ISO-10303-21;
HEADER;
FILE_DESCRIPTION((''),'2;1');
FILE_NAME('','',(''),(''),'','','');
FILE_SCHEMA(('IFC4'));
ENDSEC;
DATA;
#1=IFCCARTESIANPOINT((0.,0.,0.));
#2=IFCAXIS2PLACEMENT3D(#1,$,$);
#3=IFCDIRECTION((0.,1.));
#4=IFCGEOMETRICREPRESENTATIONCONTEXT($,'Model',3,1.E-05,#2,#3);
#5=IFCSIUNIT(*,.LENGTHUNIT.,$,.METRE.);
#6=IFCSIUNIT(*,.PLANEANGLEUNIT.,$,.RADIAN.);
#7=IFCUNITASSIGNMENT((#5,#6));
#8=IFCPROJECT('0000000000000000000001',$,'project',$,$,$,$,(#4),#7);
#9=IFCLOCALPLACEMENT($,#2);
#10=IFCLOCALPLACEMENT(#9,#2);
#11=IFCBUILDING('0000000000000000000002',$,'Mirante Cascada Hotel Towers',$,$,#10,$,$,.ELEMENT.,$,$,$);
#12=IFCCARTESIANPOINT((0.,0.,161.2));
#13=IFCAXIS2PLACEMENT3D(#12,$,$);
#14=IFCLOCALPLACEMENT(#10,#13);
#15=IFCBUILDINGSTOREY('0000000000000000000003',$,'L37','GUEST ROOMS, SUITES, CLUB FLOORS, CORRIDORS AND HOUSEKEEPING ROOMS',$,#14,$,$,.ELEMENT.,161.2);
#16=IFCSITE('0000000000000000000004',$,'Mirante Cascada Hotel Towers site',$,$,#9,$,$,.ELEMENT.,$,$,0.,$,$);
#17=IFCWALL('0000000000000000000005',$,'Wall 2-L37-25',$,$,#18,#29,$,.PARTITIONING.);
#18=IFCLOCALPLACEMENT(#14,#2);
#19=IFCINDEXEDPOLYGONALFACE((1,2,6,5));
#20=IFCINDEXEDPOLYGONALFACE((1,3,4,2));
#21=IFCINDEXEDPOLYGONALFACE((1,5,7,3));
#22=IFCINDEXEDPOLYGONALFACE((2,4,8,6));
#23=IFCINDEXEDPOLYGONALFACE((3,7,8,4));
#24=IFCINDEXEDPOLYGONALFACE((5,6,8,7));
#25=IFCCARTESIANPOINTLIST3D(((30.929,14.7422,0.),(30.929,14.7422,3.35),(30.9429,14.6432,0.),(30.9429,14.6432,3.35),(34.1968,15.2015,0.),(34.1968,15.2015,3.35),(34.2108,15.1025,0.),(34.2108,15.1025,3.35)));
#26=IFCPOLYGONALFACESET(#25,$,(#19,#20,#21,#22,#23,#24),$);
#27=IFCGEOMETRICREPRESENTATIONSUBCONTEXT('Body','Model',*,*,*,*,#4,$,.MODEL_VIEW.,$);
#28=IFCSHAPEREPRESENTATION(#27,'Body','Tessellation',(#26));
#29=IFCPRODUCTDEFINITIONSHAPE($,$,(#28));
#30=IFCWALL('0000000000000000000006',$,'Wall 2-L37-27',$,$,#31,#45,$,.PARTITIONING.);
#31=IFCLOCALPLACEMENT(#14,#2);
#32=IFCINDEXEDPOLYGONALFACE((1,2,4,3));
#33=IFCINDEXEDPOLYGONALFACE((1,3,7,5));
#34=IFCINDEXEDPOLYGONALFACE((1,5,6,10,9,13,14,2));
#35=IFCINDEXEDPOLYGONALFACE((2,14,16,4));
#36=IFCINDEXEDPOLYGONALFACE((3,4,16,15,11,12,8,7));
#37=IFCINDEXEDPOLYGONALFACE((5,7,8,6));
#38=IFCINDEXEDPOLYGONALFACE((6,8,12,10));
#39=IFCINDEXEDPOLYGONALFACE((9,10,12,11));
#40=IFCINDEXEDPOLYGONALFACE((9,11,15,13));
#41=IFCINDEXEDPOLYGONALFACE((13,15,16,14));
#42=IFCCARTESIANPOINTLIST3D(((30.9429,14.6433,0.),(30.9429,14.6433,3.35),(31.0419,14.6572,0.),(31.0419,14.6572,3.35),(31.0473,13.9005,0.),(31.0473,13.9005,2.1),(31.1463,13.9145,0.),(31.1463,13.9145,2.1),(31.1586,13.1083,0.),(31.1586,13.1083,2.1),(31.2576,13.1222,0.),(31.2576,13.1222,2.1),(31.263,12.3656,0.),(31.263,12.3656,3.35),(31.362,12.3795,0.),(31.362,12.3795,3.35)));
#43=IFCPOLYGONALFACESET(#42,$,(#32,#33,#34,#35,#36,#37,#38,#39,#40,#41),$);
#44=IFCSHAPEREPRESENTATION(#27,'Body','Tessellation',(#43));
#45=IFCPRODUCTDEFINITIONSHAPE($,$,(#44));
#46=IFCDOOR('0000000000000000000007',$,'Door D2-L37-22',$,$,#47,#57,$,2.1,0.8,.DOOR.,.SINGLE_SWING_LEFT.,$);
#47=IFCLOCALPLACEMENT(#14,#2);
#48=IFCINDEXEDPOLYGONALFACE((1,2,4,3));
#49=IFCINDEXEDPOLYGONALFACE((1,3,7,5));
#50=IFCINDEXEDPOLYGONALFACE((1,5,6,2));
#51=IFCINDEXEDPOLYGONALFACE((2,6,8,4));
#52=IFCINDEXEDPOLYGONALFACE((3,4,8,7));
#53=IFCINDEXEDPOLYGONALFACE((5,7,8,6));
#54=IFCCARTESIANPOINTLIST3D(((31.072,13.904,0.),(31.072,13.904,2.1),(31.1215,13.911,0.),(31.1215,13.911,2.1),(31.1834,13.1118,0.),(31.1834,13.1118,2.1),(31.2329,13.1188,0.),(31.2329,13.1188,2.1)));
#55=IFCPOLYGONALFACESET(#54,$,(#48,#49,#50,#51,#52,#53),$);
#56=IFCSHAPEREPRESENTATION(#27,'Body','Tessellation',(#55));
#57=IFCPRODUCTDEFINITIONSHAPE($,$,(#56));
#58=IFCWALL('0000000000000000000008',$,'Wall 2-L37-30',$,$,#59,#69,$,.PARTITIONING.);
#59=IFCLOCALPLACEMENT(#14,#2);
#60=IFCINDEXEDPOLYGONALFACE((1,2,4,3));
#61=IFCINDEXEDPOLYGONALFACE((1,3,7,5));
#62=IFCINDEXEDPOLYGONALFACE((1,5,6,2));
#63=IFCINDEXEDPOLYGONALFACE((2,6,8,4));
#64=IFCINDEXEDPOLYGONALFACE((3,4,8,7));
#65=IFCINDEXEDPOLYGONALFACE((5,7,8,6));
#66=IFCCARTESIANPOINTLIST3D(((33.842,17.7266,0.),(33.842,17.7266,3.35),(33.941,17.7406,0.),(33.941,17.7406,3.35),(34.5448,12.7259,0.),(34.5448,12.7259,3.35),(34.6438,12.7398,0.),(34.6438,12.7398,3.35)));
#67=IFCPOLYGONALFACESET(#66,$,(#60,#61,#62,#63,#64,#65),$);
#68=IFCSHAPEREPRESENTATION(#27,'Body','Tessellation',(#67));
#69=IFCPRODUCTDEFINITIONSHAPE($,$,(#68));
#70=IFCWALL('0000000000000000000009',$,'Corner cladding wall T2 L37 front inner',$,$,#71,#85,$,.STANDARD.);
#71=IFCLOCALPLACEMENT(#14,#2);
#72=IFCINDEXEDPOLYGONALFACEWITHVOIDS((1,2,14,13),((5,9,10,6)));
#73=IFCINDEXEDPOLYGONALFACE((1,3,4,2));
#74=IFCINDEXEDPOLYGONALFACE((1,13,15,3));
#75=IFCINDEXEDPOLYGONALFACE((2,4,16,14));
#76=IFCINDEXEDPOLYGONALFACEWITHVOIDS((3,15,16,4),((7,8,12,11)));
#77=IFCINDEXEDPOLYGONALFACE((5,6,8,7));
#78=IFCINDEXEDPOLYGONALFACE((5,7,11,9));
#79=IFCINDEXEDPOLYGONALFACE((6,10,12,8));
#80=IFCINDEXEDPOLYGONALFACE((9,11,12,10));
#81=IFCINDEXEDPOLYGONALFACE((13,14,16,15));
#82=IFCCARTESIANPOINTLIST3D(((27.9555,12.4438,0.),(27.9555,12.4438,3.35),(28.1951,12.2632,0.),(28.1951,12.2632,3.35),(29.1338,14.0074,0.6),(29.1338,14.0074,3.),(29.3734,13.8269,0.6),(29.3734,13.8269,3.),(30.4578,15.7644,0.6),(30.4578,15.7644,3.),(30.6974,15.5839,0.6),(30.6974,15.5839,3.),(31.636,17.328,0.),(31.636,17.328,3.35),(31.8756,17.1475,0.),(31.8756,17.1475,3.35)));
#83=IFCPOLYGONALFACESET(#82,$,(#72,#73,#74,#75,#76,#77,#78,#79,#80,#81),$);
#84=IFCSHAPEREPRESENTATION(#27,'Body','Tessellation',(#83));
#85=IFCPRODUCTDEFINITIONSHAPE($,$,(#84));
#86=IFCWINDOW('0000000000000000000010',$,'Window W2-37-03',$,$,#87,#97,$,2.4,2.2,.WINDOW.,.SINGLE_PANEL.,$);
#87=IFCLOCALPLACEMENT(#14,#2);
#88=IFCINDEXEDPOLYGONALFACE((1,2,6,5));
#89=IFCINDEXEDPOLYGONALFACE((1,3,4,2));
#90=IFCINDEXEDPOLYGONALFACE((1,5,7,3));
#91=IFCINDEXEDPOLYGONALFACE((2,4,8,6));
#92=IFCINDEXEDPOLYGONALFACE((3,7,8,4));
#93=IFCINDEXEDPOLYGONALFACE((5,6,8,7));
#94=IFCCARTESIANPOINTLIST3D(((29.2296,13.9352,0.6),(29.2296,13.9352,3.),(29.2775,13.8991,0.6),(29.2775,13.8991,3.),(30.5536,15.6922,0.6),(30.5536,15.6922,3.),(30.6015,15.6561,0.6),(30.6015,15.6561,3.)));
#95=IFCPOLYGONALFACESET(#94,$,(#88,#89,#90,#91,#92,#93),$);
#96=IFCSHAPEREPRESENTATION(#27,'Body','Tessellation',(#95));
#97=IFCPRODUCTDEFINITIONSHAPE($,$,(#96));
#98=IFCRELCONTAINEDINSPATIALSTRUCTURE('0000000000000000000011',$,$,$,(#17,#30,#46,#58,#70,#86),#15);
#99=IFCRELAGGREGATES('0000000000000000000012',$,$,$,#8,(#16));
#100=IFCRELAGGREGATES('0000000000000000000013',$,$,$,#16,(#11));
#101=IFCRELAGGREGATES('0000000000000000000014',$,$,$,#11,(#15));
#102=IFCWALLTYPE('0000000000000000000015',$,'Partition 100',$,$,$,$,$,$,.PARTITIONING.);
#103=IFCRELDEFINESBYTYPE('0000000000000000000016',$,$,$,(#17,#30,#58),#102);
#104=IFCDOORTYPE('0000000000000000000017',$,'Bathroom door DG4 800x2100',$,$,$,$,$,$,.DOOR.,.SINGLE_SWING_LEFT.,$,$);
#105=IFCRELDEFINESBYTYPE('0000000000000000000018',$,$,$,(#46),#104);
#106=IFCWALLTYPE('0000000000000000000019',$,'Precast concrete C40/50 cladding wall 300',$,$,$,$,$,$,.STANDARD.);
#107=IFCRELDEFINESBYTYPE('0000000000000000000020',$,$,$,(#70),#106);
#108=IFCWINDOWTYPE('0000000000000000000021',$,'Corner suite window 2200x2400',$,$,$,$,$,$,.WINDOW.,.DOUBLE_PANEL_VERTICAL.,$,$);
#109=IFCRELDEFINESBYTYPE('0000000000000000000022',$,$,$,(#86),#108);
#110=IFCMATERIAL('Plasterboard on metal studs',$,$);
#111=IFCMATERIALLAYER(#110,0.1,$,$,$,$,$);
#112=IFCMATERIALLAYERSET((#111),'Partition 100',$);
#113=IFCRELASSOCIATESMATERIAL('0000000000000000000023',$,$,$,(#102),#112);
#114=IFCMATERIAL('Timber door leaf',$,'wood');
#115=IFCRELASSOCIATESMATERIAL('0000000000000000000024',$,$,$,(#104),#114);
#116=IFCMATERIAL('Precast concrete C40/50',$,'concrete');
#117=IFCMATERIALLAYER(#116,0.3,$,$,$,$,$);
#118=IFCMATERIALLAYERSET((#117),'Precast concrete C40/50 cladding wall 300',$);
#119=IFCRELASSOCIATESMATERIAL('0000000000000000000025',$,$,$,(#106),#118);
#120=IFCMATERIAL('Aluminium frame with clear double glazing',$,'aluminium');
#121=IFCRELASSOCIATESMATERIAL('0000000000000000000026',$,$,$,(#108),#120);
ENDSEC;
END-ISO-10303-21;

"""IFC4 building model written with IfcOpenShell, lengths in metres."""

from ifc_helpers import new_model, si_unit, direction, frame, frame_2d, origin, place, context, subcontext, project, spatial, rectangle, extrude, material, layer, layer_set, type_object, element, fill, save


model = new_model("IFC4")

# Units and contexts
model_context = context("Model", 3, precision=1e-05, world=origin(), true_north=direction((0.0, 1.0)))
body_context = subcontext(model_context, "Body", "Model", "MODEL_VIEW")
ifc_project = project(units=[si_unit("LENGTHUNIT", "METRE"), si_unit("PLANEANGLEUNIT", "RADIAN")], contexts=[model_context])

# Site, building, storey
site_placement = place(None, origin())
site = spatial("IfcSite", under=ifc_project, at=site_placement, Name="Mirante Cascada Hotel Towers site", CompositionType="ELEMENT", RefElevation=0.0)
building_placement = place(site_placement, origin())
building = spatial("IfcBuilding", under=site, at=building_placement, Name="Mirante Cascada Hotel Towers", CompositionType="ELEMENT")
storey_placement = place(building_placement, frame((0.0, 0.0, 161.2)))
storey = spatial("IfcBuildingStorey", under=building, at=storey_placement, Name="L37", Description="GUEST ROOMS, SUITES, CLUB FLOORS, CORRIDORS AND HOUSEKEEPING ROOMS", CompositionType="ELEMENT", Elevation=161.2)

# Shared definitions
ifc_material_1 = material(Name="Plasterboard on metal studs")
ifc_layer_1 = layer(ifc_material_1, 0.1)
ifc_layer_set_1 = layer_set([ifc_layer_1], Name="Partition 100")
wall_type_1 = type_object("IfcWallType", Name="Partition 100", PredefinedType="PARTITIONING", material=ifc_layer_set_1)

# Wall
wall_1_placement = place(storey_placement, frame((34.2038, 15.152, 0.0), z_axis=(0.0, 0.0, 1.0), x_axis=(-0.990267, -0.139181, 0.0)))
element("IfcWall", 1, at=wall_1_placement, inside=storey, type_object=wall_type_1, Name="Wall 2-L37-25", PredefinedType="PARTITIONING", context=body_context, shape_type="SweptSolid", body=[
    extrude(rectangle(XDim=3.3, YDim=0.1, at=frame_2d((1.65, 0.0))), origin(), (0.0, 0.0, 1.0), 3.35),
])

# Wall, opening, door
wall_2_placement = place(storey_placement, frame((30.9924, 14.6502, 0.0), z_axis=(0.0, 0.0, 1.0), x_axis=(0.139169, -0.990269, 0.0)))
wall_2 = element("IfcWall", 2, at=wall_2_placement, inside=storey, type_object=wall_type_1, Name="Wall 2-L37-27", PredefinedType="PARTITIONING", context=body_context, shape_type="SweptSolid", body=[
    extrude(rectangle(XDim=2.3001, YDim=0.1, at=frame_2d((1.15, 0.0))), origin(), (0.0, 0.0, 1.0), 3.35),
])
opening_1_placement = place(wall_2_placement, frame((0.75, 0.0, 0.0)))
opening_1 = element("IfcOpeningElement", 3, at=opening_1_placement, cuts=wall_2, PredefinedType="OPENING", context=body_context, shape_type="SweptSolid", body=[
    extrude(rectangle(XDim=0.8, YDim=2.1, at=frame_2d((0.4, 1.05))), frame((0.0, 0.05, 0.0), z_axis=(0.0, -1.0, 0.0), x_axis=(1.0, 0.0, 0.0)), (0.0, 0.0, 1.0), 0.1),
])
ifc_material_2 = material(Name="Timber door leaf", Category="wood")
door_type_1 = type_object("IfcDoorType", Name="Bathroom door DG4 800x2100", OperationType="SINGLE_SWING_LEFT", PredefinedType="DOOR", material=ifc_material_2)
door_1_placement = place(opening_1_placement, origin())
door_1 = element("IfcDoor", 4, at=door_1_placement, inside=storey, type_object=door_type_1, Name="Door D2-L37-22", OperationType="SINGLE_SWING_LEFT", OverallHeight=2.1, OverallWidth=0.8, PredefinedType="DOOR", context=body_context, shape_type="SweptSolid", body=[
    extrude(rectangle(XDim=0.8, YDim=2.1, at=frame_2d((0.4, 1.05))), frame((0.0, 0.025, 0.0), z_axis=(0.0, -1.0, 0.0), x_axis=(1.0, 0.0, 0.0)), (0.0, 0.0, 1.0), 0.05),
])
fill(opening_1, door_1)

# Wall
wall_3_placement = place(storey_placement, frame((34.5943, 12.7328, 0.0), z_axis=(0.0, 0.0, 1.0), x_axis=(-0.13917, 0.990268, 0.0)))
element("IfcWall", 5, at=wall_3_placement, inside=storey, type_object=wall_type_1, Name="Wall 2-L37-30", PredefinedType="PARTITIONING", context=body_context, shape_type="SweptSolid", body=[
    extrude(rectangle(XDim=5.0499, YDim=0.1, at=frame_2d((2.525, 0.0))), origin(), (0.0, 0.0, 1.0), 3.35),
])

# Wall, opening, window
ifc_material_3 = material(Name="Precast concrete C40/50", Category="concrete")
ifc_layer_2 = layer(ifc_material_3, 0.3)
ifc_layer_set_2 = layer_set([ifc_layer_2], Name="Precast concrete C40/50 cladding wall 300")
wall_type_2 = type_object("IfcWallType", Name="Precast concrete C40/50 cladding wall 300", PredefinedType="STANDARD", material=ifc_layer_set_2)
wall_4_placement = place(storey_placement, frame((31.7558, 17.2377, 0.0), z_axis=(0.0, 0.0, 1.0), x_axis=(-0.601814, -0.798636, 0.0)))
wall_4 = element("IfcWall", 6, at=wall_4_placement, inside=storey, type_object=wall_type_2, Name="Corner cladding wall T2 L37 front inner", PredefinedType="STANDARD", context=body_context, shape_type="SweptSolid", body=[
    extrude(rectangle(XDim=6.1157, YDim=0.3, at=frame_2d((3.0578, 0.0))), origin(), (0.0, 0.0, 1.0), 3.35),
])
opening_2_placement = place(wall_4_placement, frame((1.9578, 0.0, 0.6)))
opening_2 = element("IfcOpeningElement", 7, at=opening_2_placement, cuts=wall_4, PredefinedType="OPENING", context=body_context, shape_type="SweptSolid", body=[
    extrude(rectangle(XDim=2.2, YDim=2.4, at=frame_2d((1.1, 1.2))), frame((0.0, 0.15, 0.0), z_axis=(0.0, -1.0, 0.0), x_axis=(1.0, 0.0, 0.0)), (0.0, 0.0, 1.0), 0.3),
])
ifc_material_4 = material(Name="Aluminium frame with clear double glazing", Category="aluminium")
window_type = type_object("IfcWindowType", Name="Corner suite window 2200x2400", PartitioningType="DOUBLE_PANEL_VERTICAL", PredefinedType="WINDOW", material=ifc_material_4)
window_placement = place(opening_2_placement, origin())
window = element("IfcWindow", 8, at=window_placement, inside=storey, type_object=window_type, Name="Window W2-37-03", OverallHeight=2.4, OverallWidth=2.2, PartitioningType="SINGLE_PANEL", PredefinedType="WINDOW", context=body_context, shape_type="SweptSolid", body=[
    extrude(rectangle(XDim=2.2, YDim=2.4, at=frame_2d((1.1, 1.2))), frame((0.0, 0.03, 0.0), z_axis=(0.0, -1.0, 0.0), x_axis=(1.0, 0.0, 0.0)), (0.0, 0.0, 1.0), 0.06),
])
fill(opening_2, window)

save(model, "model.ifc")
